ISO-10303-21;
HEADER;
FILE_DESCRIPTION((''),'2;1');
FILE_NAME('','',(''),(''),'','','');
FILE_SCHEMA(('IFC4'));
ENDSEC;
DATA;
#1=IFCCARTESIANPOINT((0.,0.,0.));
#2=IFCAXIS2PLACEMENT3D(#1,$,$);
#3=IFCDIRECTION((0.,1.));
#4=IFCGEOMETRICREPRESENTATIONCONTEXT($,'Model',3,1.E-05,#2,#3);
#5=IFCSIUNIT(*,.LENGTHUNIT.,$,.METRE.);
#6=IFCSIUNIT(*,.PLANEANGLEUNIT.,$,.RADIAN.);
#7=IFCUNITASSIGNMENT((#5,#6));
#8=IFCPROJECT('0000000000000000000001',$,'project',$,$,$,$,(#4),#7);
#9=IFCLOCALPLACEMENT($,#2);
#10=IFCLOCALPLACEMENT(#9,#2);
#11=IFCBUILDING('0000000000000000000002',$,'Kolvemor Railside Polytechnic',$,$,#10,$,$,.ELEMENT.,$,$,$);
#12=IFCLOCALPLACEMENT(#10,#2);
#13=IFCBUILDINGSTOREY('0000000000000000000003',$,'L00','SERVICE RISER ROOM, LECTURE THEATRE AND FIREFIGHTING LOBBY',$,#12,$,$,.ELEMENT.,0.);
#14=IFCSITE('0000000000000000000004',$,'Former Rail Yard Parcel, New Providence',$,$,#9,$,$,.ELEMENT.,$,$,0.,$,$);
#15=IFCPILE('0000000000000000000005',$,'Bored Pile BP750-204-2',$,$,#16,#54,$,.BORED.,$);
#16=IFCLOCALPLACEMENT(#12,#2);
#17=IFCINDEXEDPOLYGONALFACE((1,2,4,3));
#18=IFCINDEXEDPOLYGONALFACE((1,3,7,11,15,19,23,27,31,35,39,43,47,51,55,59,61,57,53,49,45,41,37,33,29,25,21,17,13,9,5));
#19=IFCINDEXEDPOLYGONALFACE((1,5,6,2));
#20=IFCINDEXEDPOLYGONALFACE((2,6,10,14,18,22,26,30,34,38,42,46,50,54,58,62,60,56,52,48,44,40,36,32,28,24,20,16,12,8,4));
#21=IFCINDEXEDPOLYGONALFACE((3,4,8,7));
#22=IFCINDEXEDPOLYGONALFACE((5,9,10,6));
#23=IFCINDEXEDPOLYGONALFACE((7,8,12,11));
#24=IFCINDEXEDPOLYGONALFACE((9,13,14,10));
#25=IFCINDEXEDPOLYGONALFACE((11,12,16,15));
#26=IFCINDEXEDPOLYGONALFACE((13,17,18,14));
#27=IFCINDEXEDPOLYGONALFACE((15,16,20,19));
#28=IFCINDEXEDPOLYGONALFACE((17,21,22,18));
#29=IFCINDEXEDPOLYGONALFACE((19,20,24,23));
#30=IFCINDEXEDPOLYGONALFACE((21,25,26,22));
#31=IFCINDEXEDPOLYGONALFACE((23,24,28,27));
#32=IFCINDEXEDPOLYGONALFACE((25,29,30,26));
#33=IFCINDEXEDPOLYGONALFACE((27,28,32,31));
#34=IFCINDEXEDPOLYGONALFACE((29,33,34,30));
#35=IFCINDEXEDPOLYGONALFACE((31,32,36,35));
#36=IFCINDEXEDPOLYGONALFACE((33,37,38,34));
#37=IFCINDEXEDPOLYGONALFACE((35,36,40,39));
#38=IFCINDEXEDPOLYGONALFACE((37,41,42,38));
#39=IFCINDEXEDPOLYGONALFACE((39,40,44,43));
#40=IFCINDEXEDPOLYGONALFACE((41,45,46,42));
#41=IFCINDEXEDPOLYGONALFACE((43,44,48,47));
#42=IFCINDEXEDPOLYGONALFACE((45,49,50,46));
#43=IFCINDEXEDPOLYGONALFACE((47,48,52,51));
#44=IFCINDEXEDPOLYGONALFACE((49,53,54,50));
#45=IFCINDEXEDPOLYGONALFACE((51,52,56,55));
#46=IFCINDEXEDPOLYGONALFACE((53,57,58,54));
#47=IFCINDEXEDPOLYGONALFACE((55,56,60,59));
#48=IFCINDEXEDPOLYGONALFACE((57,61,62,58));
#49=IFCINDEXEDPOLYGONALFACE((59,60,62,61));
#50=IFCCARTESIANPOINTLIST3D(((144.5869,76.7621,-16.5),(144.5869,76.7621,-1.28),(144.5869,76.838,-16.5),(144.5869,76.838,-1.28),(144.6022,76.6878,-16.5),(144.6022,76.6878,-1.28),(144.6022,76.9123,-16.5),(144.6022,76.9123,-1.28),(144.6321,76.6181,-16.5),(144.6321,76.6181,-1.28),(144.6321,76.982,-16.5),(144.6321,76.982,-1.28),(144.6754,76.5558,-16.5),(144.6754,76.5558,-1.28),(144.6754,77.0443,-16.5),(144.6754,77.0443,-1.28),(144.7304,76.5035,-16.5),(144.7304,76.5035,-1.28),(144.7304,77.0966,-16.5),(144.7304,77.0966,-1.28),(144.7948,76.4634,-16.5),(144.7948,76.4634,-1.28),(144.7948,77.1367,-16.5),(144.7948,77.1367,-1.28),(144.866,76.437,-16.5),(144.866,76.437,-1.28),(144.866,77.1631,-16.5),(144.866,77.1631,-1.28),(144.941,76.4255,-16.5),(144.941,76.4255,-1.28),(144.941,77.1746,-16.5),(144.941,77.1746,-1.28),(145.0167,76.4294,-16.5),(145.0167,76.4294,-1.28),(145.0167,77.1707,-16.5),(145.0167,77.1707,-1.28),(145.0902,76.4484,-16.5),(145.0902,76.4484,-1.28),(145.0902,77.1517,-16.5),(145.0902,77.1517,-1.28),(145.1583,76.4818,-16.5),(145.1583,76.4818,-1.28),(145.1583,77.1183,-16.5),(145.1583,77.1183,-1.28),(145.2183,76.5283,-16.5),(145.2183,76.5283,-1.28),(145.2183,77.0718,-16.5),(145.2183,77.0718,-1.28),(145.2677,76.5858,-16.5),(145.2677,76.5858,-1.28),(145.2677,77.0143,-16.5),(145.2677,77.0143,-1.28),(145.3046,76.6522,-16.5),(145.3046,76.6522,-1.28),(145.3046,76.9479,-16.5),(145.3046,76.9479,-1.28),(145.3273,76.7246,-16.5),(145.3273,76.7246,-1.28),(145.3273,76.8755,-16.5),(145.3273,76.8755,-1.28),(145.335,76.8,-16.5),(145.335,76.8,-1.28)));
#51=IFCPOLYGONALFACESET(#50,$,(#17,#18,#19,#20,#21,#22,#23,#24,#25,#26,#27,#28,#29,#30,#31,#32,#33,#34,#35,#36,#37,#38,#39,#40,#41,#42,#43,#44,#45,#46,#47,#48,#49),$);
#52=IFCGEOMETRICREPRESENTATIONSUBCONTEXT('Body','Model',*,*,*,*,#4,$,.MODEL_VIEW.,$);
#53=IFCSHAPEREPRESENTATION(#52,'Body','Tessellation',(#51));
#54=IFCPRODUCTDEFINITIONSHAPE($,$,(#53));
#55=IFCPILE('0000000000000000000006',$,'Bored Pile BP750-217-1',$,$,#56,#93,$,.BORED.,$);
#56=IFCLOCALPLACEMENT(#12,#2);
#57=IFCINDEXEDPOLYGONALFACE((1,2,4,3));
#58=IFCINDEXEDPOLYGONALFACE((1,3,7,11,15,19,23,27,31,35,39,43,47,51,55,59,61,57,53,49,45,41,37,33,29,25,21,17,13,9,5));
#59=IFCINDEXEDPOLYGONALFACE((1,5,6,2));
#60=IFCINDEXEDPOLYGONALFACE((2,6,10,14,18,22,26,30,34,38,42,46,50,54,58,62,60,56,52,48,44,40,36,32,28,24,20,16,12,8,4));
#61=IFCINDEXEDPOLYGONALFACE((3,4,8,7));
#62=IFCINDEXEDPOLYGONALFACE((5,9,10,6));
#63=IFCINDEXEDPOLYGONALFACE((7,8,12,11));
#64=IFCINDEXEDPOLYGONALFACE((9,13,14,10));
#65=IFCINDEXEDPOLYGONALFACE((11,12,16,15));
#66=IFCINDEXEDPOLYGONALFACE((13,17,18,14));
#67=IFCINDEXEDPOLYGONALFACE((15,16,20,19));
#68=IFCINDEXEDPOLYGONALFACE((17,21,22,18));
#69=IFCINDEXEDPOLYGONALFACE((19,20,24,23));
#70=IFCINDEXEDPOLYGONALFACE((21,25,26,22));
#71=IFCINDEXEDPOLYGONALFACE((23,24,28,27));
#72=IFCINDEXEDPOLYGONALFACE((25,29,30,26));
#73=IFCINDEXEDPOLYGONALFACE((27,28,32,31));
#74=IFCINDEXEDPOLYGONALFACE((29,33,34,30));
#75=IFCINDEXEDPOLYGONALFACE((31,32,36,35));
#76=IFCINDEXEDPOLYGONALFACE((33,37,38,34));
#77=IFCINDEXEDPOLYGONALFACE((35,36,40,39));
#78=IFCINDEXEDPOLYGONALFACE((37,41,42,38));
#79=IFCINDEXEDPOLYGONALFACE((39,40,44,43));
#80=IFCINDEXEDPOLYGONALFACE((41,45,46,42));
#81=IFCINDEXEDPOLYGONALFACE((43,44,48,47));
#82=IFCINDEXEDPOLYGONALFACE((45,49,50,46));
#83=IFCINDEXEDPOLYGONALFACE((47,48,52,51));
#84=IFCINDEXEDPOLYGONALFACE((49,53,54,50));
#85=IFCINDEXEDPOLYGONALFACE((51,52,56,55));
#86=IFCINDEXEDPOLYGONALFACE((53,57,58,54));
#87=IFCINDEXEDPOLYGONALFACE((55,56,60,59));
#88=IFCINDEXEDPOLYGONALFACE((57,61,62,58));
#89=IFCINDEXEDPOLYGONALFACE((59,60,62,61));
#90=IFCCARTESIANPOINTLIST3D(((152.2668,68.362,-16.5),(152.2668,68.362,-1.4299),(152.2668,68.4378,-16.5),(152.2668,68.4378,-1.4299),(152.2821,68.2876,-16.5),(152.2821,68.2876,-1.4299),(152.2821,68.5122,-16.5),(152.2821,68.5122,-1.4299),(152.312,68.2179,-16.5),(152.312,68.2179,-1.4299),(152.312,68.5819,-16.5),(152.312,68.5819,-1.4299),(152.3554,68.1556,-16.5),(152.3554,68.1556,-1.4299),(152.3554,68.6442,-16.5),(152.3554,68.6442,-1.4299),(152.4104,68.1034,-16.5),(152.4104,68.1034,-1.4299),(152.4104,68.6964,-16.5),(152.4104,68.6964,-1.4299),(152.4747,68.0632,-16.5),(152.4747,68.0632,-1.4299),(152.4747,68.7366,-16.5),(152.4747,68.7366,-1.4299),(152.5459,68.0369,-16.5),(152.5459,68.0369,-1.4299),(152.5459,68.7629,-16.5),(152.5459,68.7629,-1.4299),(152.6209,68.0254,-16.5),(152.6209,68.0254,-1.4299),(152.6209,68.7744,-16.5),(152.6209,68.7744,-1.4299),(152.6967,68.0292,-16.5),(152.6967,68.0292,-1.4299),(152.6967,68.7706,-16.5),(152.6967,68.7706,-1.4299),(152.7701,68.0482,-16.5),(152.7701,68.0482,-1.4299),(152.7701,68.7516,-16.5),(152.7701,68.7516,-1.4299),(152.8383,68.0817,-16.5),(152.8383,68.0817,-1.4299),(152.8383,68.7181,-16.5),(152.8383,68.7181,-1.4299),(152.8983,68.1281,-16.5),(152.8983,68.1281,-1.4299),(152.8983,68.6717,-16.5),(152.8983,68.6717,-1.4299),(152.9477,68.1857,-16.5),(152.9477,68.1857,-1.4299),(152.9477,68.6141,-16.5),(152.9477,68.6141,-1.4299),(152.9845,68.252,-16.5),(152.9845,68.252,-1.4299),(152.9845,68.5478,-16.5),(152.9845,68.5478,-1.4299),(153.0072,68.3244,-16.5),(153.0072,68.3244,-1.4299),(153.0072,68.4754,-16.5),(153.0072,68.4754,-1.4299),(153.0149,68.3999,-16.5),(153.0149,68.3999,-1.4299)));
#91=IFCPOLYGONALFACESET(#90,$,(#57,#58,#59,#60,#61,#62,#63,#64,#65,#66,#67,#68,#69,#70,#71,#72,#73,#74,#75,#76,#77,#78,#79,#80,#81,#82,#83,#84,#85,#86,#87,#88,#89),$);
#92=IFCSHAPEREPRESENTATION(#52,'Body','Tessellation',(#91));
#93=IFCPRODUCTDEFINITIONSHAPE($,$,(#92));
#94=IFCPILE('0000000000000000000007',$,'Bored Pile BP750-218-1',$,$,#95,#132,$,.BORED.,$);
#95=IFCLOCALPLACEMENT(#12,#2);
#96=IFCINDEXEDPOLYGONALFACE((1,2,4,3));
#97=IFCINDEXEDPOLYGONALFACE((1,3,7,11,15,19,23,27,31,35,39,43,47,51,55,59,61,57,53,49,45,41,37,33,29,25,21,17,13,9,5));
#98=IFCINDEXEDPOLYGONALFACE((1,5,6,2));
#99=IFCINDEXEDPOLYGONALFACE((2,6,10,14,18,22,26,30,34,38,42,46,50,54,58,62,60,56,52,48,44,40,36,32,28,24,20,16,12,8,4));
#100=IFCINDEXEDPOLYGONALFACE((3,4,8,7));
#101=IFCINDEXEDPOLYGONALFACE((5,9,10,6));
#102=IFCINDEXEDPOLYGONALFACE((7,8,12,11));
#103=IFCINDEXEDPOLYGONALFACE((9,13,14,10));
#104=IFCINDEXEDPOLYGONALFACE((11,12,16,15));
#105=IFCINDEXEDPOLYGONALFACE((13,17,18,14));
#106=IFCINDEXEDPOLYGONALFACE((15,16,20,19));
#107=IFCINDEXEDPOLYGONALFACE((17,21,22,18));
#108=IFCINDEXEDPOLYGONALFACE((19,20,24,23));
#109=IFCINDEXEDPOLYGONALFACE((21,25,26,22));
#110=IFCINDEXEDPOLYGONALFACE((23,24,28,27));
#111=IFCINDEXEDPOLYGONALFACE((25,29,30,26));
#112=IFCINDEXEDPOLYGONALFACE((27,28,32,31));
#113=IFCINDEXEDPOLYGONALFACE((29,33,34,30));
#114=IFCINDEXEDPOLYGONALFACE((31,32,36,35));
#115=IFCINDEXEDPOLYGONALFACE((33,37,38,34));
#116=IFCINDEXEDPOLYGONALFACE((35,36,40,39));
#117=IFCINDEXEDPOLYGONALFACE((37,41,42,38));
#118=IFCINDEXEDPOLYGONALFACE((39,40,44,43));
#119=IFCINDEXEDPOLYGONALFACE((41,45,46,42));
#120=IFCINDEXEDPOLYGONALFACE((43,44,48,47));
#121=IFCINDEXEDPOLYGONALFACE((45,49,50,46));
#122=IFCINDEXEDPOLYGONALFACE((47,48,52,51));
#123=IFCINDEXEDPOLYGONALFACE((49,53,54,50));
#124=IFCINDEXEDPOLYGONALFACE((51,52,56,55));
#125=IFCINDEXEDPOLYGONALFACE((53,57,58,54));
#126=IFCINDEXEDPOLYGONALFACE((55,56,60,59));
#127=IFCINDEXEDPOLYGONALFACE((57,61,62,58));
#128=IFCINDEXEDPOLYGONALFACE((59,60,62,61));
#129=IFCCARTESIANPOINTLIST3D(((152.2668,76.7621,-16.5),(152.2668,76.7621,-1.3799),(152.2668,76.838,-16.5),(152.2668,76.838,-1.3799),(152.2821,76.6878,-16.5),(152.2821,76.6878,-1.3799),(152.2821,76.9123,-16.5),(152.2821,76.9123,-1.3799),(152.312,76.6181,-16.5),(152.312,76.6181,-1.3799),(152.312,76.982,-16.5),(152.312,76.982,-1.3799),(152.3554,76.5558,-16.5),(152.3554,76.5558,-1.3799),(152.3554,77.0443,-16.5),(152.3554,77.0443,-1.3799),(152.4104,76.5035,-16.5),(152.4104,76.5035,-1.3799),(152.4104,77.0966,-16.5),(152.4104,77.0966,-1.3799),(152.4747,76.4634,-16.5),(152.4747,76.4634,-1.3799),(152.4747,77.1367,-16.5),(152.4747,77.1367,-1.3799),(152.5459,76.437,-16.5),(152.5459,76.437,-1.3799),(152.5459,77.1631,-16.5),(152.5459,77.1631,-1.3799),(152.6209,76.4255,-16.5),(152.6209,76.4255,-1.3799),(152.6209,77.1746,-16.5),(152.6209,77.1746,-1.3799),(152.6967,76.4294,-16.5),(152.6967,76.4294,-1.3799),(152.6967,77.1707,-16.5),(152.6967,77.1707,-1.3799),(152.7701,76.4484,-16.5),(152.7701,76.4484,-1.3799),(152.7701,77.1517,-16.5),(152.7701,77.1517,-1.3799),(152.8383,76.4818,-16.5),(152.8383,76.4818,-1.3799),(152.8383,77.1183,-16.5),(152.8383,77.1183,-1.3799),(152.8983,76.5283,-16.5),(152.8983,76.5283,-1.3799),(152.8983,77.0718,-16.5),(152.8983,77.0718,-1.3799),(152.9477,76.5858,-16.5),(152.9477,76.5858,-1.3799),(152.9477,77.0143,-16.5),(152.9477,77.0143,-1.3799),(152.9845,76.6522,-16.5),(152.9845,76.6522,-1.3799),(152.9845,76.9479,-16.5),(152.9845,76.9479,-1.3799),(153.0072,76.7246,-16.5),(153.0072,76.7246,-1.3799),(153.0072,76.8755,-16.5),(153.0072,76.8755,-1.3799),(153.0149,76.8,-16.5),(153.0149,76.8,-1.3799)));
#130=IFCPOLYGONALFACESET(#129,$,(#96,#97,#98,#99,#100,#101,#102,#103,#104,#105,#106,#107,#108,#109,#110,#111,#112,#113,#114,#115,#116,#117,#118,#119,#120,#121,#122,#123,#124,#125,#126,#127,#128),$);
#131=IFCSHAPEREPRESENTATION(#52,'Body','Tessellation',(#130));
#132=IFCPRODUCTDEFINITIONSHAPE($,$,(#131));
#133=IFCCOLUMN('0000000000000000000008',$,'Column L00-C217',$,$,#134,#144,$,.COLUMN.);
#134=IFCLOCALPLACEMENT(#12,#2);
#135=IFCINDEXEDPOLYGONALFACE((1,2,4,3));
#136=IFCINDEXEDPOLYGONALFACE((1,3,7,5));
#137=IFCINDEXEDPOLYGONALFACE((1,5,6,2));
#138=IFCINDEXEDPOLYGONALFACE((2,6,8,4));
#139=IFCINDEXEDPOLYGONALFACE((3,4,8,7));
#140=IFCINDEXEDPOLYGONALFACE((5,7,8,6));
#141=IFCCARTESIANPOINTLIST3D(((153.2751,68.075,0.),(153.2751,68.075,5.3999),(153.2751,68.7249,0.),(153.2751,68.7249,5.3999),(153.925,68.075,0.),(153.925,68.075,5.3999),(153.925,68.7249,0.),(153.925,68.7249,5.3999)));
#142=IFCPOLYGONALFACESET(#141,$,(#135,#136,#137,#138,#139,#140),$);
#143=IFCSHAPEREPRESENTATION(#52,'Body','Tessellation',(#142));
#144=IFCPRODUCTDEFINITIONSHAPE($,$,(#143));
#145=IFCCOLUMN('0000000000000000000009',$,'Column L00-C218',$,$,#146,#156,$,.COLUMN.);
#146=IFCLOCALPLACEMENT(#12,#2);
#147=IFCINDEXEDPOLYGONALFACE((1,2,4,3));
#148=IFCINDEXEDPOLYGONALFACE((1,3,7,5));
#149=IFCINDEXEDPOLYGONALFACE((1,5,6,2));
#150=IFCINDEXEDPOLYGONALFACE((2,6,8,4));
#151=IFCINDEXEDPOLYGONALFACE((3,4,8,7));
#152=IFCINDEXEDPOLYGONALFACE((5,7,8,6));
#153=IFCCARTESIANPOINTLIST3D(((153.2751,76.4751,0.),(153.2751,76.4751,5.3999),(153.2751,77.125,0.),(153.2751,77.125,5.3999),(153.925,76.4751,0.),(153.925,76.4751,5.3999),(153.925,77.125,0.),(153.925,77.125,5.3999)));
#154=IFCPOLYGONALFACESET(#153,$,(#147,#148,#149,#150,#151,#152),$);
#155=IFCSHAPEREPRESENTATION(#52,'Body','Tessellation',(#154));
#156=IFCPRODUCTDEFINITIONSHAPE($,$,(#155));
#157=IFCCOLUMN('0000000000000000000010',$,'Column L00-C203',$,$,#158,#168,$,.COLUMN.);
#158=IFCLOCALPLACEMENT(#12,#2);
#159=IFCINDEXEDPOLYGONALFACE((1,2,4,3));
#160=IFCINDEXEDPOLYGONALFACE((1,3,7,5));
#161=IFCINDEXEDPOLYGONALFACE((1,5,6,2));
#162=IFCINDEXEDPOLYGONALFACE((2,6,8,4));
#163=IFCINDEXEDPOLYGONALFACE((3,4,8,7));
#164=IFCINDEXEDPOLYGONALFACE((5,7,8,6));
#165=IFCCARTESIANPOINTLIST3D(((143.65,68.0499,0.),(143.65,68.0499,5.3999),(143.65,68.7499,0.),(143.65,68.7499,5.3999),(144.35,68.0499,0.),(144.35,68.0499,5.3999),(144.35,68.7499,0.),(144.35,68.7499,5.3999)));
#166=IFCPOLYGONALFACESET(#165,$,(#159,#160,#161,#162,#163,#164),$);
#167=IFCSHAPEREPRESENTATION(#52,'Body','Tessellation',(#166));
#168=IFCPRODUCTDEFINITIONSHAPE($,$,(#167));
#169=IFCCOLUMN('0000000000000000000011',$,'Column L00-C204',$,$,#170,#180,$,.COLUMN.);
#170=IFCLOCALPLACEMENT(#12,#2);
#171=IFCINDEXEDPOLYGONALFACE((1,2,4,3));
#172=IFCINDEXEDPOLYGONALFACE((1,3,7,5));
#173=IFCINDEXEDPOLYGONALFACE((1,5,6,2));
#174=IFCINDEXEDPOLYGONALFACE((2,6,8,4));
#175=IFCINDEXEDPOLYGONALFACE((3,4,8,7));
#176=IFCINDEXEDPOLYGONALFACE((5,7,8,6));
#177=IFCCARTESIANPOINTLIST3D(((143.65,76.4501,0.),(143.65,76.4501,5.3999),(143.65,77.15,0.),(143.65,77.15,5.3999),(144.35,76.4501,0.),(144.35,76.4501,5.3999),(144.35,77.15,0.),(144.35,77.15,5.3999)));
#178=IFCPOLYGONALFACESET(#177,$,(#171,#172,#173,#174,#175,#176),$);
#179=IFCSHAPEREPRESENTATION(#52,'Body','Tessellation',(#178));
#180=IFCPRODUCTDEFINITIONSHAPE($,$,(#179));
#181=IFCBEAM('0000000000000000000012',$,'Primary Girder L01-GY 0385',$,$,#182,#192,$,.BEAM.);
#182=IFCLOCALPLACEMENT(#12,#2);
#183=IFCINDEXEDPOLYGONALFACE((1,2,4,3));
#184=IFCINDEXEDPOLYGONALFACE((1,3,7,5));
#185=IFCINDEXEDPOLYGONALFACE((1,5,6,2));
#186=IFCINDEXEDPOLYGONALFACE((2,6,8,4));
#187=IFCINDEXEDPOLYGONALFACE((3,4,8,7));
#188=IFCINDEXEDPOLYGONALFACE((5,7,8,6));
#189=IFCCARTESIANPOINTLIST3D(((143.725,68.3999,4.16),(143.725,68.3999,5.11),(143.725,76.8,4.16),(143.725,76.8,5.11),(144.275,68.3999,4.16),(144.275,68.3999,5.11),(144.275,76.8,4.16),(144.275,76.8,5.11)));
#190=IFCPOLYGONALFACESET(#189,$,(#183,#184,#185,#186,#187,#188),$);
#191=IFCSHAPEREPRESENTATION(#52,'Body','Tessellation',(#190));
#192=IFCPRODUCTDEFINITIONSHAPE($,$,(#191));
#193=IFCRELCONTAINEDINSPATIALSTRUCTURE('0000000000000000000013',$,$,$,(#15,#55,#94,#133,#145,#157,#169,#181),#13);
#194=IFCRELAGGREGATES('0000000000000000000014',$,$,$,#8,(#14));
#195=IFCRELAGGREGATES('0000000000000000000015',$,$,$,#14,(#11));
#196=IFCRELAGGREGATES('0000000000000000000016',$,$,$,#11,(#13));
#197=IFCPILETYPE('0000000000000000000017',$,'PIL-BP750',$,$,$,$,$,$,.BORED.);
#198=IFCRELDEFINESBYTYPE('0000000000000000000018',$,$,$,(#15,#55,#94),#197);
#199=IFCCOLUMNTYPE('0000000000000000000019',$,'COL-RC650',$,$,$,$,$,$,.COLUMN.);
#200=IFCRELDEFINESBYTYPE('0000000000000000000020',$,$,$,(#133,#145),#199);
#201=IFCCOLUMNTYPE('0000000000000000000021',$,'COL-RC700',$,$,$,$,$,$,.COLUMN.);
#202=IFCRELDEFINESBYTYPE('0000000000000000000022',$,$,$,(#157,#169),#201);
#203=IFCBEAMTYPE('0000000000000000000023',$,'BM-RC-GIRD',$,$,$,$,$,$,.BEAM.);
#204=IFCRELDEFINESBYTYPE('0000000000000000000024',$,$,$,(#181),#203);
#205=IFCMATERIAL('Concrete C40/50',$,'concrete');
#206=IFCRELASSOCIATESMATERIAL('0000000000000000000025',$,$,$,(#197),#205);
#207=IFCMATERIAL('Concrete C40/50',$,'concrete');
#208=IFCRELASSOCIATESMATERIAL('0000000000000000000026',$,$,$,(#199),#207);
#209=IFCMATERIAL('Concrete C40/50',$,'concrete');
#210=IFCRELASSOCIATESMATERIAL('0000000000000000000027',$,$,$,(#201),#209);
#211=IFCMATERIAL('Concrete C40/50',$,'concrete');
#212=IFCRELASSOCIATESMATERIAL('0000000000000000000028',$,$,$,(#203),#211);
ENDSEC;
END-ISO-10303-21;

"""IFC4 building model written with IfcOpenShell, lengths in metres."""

from ifc_helpers import new_model, si_unit, direction, frame, origin, origin_2d, place, context, subcontext, project, spatial, rectangle, circle, extrude, material, material_profile, profile_set, type_object, element, save


model = new_model("IFC4")

# Units and contexts
model_context = context("Model", 3, precision=1e-05, world=origin(), true_north=direction((0.0, 1.0)))
body_context = subcontext(model_context, "Body", "Model", "MODEL_VIEW")
ifc_project = project(units=[si_unit("LENGTHUNIT", "METRE"), si_unit("PLANEANGLEUNIT", "RADIAN")], contexts=[model_context])

# Site, building, storey
site_placement = place(None, origin())
site = spatial("IfcSite", under=ifc_project, at=site_placement, Name="Former Rail Yard Parcel, New Providence", CompositionType="ELEMENT", RefElevation=0.0)
building_placement = place(site_placement, origin())
building = spatial("IfcBuilding", under=site, at=building_placement, Name="Kolvemor Railside Polytechnic", CompositionType="ELEMENT")
storey_placement = place(building_placement, origin())
storey = spatial("IfcBuildingStorey", under=building, at=storey_placement, Name="L00", Description="SERVICE RISER ROOM, LECTURE THEATRE AND FIREFIGHTING LOBBY", CompositionType="ELEMENT", Elevation=0.0)

# Piles
ifc_material_1 = material(Name="Concrete C40/50", Category="concrete")
ifc_material_profile_1 = material_profile(ifc_material_1, circle(Radius=0.375, at=origin_2d()), Name="BP750")
ifc_profile_set_1 = profile_set([ifc_material_profile_1], Name="Concrete C40/50")
pile_type = type_object("IfcPileType", Name="PIL-BP750", PredefinedType="BORED", material=ifc_profile_set_1)
for number, where, z_axis, x_axis, name in (
    (1, (144.96, 76.8, -1.28), (0.0, 0.0, -1.0), (1.0, 0.0, 0.0), "Bored Pile BP750-204-2"),
):
    element("IfcPile", number, at=place(storey_placement, frame(where, z_axis=z_axis, x_axis=x_axis)), inside=storey, type_object=pile_type, Name=name, PredefinedType="BORED", context=body_context, shape_type="SweptSolid", body=[
        extrude(circle(Radius=0.375, at=origin_2d()), origin(), (0.0, 0.0, 1.0), 15.22),
    ])
pile_1_placement = place(storey_placement, frame((152.6399, 68.3999, -1.4299), z_axis=(0.0, 0.0, -1.0), x_axis=(1.0, 0.0, 0.0)))
element("IfcPile", 2, at=pile_1_placement, inside=storey, type_object=pile_type, Name="Bored Pile BP750-217-1", PredefinedType="BORED", context=body_context, shape_type="SweptSolid", body=[
    extrude(circle(Radius=0.375, at=origin_2d()), origin(), (0.0, 0.0, 1.0), 15.0701),
])
pile_2_placement = place(storey_placement, frame((152.6399, 76.8, -1.3799), z_axis=(0.0, 0.0, -1.0), x_axis=(1.0, 0.0, 0.0)))
element("IfcPile", 3, at=pile_2_placement, inside=storey, type_object=pile_type, Name="Bored Pile BP750-218-1", PredefinedType="BORED", context=body_context, shape_type="SweptSolid", body=[
    extrude(circle(Radius=0.375, at=origin_2d()), origin(), (0.0, 0.0, 1.0), 15.1201),
])

# Columns
ifc_material_2 = material(Name="Concrete C40/50", Category="concrete")
ifc_material_profile_2 = material_profile(ifc_material_2, rectangle(XDim=0.6499, YDim=0.6499, at=origin_2d()), Name="RC650x650")
ifc_profile_set_2 = profile_set([ifc_material_profile_2], Name="Concrete C40/50")
column_type_1 = type_object("IfcColumnType", Name="COL-RC650", PredefinedType="COLUMN", material=ifc_profile_set_2)
for number, where, z_axis, x_axis, name in (
    (4, (153.6001, 68.3999, 0.0), (0.0, 0.0, 1.0), (1.0, 0.0, 0.0), "Column L00-C217"),
    (5, (153.6001, 76.8, 0.0), (0.0, 0.0, 1.0), (1.0, 0.0, 0.0), "Column L00-C218"),
):
    element("IfcColumn", number, at=place(storey_placement, frame(where, z_axis=z_axis, x_axis=x_axis)), inside=storey, type_object=column_type_1, Name=name, PredefinedType="COLUMN", context=body_context, shape_type="SweptSolid", body=[
        extrude(rectangle(XDim=0.6499, YDim=0.6499, at=origin_2d()), origin(), (0.0, 0.0, 1.0), 5.3999),
    ])
ifc_material_3 = material(Name="Concrete C40/50", Category="concrete")
ifc_material_profile_3 = material_profile(ifc_material_3, rectangle(XDim=0.7, YDim=0.7, at=origin_2d()), Name="RC700x700")
ifc_profile_set_3 = profile_set([ifc_material_profile_3], Name="Concrete C40/50")
column_type_2 = type_object("IfcColumnType", Name="COL-RC700", PredefinedType="COLUMN", material=ifc_profile_set_3)
for number, where, z_axis, x_axis, name in (
    (6, (144.0, 68.3999, 0.0), (0.0, 0.0, 1.0), (1.0, 0.0, 0.0), "Column L00-C203"),
    (7, (144.0, 76.8, 0.0), (0.0, 0.0, 1.0), (1.0, 0.0, 0.0), "Column L00-C204"),
):
    element("IfcColumn", number, at=place(storey_placement, frame(where, z_axis=z_axis, x_axis=x_axis)), inside=storey, type_object=column_type_2, Name=name, PredefinedType="COLUMN", context=body_context, shape_type="SweptSolid", body=[
        extrude(rectangle(XDim=0.7, YDim=0.7, at=origin_2d()), origin(), (0.0, 0.0, 1.0), 5.3999),
    ])

# Beam
ifc_material_4 = material(Name="Concrete C40/50", Category="concrete")
ifc_material_profile_4 = material_profile(ifc_material_4, rectangle(XDim=0.55, YDim=0.95, at=origin_2d()), Name="RC550x950")
ifc_profile_set_4 = profile_set([ifc_material_profile_4], Name="Concrete C40/50")
beam_type_1 = type_object("IfcBeamType", Name="BM-RC-GIRD", PredefinedType="BEAM", material=ifc_profile_set_4)
beam_1_placement = place(storey_placement, frame((144.0, 68.3999, 4.635), z_axis=(0.0, 1.0, 0.0), x_axis=(-1.0, 0.0, 0.0)))
element("IfcBeam", 8, at=beam_1_placement, inside=storey, type_object=beam_type_1, Name="Primary Girder L01-GY 0385", PredefinedType="BEAM", context=body_context, shape_type="SweptSolid", body=[
    extrude(rectangle(XDim=0.55, YDim=0.95, at=origin_2d()), origin(), (0.0, 0.0, 1.0), 8.4001),
])

save(model, "model.ifc")
